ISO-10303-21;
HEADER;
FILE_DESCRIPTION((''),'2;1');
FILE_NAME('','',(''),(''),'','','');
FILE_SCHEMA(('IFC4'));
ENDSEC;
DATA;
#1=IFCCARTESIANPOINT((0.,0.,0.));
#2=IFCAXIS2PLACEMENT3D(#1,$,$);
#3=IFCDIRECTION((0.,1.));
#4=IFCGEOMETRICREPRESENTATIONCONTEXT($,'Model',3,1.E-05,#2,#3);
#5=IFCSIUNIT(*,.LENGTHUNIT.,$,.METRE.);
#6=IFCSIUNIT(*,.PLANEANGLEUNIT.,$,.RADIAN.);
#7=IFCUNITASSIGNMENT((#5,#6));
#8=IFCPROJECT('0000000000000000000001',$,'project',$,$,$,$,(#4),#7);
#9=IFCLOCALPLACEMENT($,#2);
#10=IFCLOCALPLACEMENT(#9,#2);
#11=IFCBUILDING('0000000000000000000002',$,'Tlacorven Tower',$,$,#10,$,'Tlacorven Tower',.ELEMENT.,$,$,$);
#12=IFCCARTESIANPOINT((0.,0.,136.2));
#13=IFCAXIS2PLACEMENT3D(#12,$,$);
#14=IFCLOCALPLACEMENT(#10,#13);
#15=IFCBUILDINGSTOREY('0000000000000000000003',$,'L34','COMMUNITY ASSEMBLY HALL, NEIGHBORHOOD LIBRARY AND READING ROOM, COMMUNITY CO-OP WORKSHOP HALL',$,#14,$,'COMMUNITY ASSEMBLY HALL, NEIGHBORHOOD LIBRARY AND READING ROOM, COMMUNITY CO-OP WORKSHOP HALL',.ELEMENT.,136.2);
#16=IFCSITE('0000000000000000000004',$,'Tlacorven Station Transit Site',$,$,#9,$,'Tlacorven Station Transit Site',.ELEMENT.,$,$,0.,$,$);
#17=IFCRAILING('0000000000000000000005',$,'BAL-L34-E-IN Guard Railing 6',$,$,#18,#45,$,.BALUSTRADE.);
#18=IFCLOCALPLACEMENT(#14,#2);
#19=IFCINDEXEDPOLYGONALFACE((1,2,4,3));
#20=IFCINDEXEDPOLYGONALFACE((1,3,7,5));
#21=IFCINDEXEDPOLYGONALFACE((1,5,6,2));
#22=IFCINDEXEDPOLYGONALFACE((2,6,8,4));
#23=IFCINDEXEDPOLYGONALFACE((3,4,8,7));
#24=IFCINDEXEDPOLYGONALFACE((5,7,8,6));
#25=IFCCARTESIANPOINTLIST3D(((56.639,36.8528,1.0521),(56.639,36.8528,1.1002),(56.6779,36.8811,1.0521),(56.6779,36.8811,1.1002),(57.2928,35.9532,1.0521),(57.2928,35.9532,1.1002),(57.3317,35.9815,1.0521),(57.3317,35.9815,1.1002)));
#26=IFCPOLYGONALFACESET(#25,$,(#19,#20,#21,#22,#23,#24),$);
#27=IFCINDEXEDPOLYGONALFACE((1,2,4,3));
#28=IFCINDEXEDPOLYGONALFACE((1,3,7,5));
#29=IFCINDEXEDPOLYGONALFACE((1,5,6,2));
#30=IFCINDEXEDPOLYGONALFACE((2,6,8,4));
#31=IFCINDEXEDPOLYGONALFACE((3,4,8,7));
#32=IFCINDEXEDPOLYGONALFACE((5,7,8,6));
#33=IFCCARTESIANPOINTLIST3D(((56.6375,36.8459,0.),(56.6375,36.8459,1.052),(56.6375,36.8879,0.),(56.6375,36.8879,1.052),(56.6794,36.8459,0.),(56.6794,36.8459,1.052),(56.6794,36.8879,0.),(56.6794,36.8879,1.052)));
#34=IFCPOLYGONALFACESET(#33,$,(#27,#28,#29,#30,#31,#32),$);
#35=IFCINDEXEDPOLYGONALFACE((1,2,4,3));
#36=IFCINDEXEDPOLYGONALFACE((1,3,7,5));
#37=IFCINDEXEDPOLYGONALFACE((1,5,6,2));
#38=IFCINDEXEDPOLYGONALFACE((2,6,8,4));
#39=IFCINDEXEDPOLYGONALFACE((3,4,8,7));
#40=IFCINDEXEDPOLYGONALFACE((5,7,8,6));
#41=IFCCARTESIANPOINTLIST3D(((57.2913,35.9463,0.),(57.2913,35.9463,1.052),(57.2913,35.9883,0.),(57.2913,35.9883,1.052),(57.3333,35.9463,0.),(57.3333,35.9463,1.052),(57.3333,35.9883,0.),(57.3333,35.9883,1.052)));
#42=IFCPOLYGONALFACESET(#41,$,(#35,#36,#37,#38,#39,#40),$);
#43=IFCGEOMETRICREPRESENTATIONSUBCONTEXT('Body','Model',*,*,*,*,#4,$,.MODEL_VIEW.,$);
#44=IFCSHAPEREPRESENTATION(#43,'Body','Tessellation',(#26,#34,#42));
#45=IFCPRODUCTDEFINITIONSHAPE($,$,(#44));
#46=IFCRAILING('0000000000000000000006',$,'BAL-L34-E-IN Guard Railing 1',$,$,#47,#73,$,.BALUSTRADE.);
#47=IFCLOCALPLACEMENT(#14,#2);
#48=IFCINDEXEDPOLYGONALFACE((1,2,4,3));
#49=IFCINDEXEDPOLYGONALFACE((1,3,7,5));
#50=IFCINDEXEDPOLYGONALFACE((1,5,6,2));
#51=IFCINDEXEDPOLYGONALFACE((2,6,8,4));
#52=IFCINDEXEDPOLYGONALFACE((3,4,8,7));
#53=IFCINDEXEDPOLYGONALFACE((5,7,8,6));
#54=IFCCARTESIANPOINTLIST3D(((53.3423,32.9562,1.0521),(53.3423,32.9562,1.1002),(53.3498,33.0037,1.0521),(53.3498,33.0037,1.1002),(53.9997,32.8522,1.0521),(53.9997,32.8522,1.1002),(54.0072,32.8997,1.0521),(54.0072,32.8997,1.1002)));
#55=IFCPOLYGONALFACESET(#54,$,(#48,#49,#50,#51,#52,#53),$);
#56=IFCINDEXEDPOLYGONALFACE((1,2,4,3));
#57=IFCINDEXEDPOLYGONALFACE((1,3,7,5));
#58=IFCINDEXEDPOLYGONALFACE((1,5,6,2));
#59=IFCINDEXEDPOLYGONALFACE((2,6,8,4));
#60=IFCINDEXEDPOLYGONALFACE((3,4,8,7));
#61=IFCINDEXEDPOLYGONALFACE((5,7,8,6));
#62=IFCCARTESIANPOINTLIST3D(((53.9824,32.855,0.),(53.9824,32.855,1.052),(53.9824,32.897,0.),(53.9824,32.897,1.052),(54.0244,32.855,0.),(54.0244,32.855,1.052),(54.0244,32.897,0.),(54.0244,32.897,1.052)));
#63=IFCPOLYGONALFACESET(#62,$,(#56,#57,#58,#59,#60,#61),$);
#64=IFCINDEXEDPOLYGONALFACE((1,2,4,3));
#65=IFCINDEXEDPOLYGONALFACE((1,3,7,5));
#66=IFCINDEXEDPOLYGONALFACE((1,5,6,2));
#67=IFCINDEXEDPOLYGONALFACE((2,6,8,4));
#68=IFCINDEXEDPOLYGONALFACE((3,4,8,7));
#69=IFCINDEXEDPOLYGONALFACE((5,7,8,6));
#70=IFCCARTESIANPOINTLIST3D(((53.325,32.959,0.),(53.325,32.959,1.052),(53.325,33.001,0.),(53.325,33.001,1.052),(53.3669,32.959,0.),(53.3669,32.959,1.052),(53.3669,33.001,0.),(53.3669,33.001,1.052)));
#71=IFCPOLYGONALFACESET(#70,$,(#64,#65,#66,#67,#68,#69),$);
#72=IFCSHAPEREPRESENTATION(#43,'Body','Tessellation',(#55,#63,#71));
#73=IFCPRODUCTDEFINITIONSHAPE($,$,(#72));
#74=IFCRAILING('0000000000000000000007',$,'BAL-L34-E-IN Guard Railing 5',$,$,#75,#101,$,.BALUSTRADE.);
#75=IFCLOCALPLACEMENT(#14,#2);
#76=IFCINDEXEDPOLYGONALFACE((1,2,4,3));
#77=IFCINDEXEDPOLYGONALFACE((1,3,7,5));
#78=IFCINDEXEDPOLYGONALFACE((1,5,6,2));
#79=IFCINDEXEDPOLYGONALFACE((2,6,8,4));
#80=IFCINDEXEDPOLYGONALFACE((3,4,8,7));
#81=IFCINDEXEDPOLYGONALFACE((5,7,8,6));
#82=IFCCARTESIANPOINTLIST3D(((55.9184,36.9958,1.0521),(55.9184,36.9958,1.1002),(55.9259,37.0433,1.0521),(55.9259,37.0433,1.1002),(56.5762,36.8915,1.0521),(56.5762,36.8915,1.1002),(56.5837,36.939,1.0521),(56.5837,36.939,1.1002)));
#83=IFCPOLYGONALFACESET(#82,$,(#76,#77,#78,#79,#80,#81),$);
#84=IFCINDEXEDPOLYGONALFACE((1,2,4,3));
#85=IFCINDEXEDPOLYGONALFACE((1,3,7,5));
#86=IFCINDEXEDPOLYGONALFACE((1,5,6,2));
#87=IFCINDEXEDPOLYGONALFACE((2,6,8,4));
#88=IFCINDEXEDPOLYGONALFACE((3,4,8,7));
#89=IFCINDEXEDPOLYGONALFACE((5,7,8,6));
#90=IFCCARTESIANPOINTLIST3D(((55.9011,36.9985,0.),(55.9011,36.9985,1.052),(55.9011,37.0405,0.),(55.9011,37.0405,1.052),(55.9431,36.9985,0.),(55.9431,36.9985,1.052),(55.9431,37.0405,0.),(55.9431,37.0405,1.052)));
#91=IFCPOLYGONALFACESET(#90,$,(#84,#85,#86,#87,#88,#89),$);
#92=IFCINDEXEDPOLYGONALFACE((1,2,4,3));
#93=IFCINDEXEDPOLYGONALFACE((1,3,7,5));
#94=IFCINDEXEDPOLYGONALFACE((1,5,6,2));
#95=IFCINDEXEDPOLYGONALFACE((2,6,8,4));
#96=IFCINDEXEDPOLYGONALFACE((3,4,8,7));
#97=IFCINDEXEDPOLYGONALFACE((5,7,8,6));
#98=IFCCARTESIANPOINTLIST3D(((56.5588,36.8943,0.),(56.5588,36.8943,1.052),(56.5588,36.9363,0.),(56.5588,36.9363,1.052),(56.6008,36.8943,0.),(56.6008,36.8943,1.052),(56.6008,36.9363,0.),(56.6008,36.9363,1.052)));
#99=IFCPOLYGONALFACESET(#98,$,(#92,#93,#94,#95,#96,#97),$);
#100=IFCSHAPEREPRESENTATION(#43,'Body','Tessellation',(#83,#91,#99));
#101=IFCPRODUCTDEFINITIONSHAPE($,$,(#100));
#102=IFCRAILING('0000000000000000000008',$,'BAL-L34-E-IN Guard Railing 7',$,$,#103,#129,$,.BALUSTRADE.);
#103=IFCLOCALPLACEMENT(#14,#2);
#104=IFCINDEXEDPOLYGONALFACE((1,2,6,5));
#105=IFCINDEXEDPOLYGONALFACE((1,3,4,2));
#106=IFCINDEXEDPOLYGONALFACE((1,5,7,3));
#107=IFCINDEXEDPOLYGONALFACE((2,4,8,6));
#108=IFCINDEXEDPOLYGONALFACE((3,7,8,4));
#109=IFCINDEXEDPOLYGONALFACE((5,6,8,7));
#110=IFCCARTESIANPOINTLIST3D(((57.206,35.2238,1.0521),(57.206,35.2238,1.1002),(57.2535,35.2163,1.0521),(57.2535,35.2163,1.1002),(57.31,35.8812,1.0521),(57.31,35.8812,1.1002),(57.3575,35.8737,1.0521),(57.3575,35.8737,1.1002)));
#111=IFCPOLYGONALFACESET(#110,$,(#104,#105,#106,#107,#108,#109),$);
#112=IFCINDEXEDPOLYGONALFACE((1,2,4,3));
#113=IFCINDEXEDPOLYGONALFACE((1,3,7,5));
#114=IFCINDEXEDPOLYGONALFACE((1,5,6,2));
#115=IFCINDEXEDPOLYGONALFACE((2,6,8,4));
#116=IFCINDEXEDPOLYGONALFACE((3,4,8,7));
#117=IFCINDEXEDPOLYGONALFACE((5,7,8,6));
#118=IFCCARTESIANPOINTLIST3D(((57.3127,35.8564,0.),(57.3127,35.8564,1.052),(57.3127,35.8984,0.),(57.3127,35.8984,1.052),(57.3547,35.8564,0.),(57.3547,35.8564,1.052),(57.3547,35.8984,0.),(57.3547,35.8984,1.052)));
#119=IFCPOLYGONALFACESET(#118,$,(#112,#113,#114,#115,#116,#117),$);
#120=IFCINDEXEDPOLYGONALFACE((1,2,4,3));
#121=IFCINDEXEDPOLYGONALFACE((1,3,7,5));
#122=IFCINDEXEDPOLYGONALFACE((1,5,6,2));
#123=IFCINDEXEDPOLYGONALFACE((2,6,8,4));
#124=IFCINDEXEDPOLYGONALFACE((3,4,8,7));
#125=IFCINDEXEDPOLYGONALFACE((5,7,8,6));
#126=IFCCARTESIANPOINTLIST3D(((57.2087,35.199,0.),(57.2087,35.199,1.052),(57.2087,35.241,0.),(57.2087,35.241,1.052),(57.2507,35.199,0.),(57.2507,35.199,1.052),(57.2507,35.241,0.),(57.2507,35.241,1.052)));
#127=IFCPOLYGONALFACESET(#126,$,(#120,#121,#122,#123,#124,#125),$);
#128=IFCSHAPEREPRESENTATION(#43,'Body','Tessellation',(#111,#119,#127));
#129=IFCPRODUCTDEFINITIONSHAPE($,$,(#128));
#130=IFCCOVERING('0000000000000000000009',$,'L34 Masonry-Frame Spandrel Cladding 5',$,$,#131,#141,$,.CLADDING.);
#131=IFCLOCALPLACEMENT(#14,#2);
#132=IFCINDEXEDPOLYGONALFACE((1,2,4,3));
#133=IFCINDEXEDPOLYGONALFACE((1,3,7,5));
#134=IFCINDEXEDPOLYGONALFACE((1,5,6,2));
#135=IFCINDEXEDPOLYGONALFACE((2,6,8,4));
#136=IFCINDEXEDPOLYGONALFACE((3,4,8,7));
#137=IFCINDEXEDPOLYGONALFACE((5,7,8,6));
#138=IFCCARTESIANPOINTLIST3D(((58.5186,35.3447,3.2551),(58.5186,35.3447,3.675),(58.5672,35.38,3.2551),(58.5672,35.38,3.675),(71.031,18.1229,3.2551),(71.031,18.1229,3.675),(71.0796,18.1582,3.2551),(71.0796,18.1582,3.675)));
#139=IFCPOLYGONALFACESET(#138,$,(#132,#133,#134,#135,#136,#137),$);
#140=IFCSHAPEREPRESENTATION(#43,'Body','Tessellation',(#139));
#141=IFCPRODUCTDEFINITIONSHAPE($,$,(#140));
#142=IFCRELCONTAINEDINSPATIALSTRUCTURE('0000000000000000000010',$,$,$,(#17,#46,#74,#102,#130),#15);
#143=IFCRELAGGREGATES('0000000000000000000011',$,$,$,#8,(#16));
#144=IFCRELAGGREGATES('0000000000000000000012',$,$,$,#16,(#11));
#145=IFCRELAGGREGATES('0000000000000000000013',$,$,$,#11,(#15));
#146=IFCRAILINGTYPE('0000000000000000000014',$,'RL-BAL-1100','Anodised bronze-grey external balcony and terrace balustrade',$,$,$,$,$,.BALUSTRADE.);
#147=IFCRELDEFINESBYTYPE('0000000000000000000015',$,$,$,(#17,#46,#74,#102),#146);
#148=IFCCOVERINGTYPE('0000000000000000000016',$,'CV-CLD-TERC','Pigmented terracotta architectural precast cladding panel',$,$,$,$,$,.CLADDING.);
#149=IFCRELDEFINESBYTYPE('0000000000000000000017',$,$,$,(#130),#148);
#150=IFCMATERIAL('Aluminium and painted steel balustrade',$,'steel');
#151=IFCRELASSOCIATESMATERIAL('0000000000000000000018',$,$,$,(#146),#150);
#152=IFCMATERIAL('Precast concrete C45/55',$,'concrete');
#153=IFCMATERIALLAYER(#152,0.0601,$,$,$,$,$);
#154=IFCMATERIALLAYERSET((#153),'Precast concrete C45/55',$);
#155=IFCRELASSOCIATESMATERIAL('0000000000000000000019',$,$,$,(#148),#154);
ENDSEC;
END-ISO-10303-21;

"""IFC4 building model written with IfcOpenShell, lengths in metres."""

from ifc_helpers import new_model, si_unit, direction, frame, origin, origin_2d, place, context, subcontext, project, spatial, rectangle, extrude, source, transform, mapped, material, layer, layer_set, type_object, element, save


model = new_model("IFC4")

# Units and contexts
model_context = context("Model", 3, precision=1e-05, world=origin(), true_north=direction((0.0, 1.0)))
body_context = subcontext(model_context, "Body", "Model", "MODEL_VIEW")
ifc_project = project(units=[si_unit("LENGTHUNIT", "METRE"), si_unit("PLANEANGLEUNIT", "RADIAN")], contexts=[model_context])

# Site, building, storey
site_placement = place(None, origin())
site = spatial("IfcSite", under=ifc_project, at=site_placement, Name="Tlacorven Station Transit Site", LongName="Tlacorven Station Transit Site", CompositionType="ELEMENT", RefElevation=0.0)
building_placement = place(site_placement, origin())
building = spatial("IfcBuilding", under=site, at=building_placement, Name="Tlacorven Tower", LongName="Tlacorven Tower", CompositionType="ELEMENT")
storey_placement = place(building_placement, frame((0.0, 0.0, 136.2)))
storey = spatial("IfcBuildingStorey", under=building, at=storey_placement, Name="L34", Description="COMMUNITY ASSEMBLY HALL, NEIGHBORHOOD LIBRARY AND READING ROOM, COMMUNITY CO-OP WORKSHOP HALL", LongName="COMMUNITY ASSEMBLY HALL, NEIGHBORHOOD LIBRARY AND READING ROOM, COMMUNITY CO-OP WORKSHOP HALL", CompositionType="ELEMENT", Elevation=136.2)

# Shared definitions
ifc_material_1 = material(Name="Precast concrete C45/55", Category="concrete")

# Railings
ifc_material_2 = material(Name="Aluminium and painted steel balustrade", Category="steel")
railing_type_1 = type_object("IfcRailingType", Name="RL-BAL-1100", Description="Anodised bronze-grey external balcony and terrace balustrade", PredefinedType="BALUSTRADE", material=ifc_material_2)
shared_shape_1 = source(origin(), body_context, "Body", "SweptSolid", [
    extrude(rectangle(XDim=0.0481, YDim=0.0481, at=origin_2d()), frame((0.0, 0.0, 1.0762), z_axis=(0.587884, -0.808945, 0.0), x_axis=(0.808945, 0.587884, 0.0)), (0.0, 0.0, 1.0), 1.1121),
    extrude(rectangle(XDim=0.042, YDim=0.042, at=origin_2d()), origin(), (0.0, 0.0, 1.0), 1.052),
    extrude(rectangle(XDim=0.042, YDim=0.042, at=origin_2d()), frame((0.6538, -0.8997, 0.0)), (0.0, 0.0, 1.0), 1.052),
])
railing_1_placement = place(storey_placement, frame((56.6584, 36.8669, 0.0)))
element("IfcRailing", 1, at=railing_1_placement, inside=storey, type_object=railing_type_1, Name="BAL-L34-E-IN Guard Railing 6", PredefinedType="BALUSTRADE", context=body_context, shape_type="MappedRepresentation", body=[
    mapped(shared_shape_1, transform((0.0, 0.0, 0.0), scale=1.0)),
])
shared_shape_2 = source(origin(), body_context, "Body", "SweptSolid", [
    extrude(rectangle(XDim=0.0481, YDim=0.0481, at=origin_2d()), frame((0.0, 0.0, 1.0762), z_axis=(-0.987718, 0.156245, 0.0), x_axis=(-0.156245, -0.987718, 0.0)), (0.0, 0.0, 1.0), 0.6655),
    extrude(rectangle(XDim=0.042, YDim=0.042, at=origin_2d()), origin(), (0.0, 0.0, 1.0), 1.052),
    extrude(rectangle(XDim=0.042, YDim=0.042, at=origin_2d()), frame((-0.6575, 0.104, 0.0)), (0.0, 0.0, 1.0), 1.052),
])
railing_2_placement = place(storey_placement, frame((54.0034, 32.876, 0.0)))
element("IfcRailing", 2, at=railing_2_placement, inside=storey, type_object=railing_type_1, Name="BAL-L34-E-IN Guard Railing 1", PredefinedType="BALUSTRADE", context=body_context, shape_type="MappedRepresentation", body=[
    mapped(shared_shape_2, transform((0.0, 0.0, 0.0), scale=1.0)),
])
shared_shape_3 = source(origin(), body_context, "Body", "SweptSolid", [
    extrude(rectangle(XDim=0.0481, YDim=0.0481, at=origin_2d()), frame((0.0, 0.0, 1.0762), z_axis=(0.987671, -0.156546, 0.0), x_axis=(0.156546, 0.987671, 0.0)), (0.0, 0.0, 1.0), 0.666),
    extrude(rectangle(XDim=0.042, YDim=0.042, at=origin_2d()), origin(), (0.0, 0.0, 1.0), 1.052),
    extrude(rectangle(XDim=0.042, YDim=0.042, at=origin_2d()), frame((0.6577, -0.1042, 0.0)), (0.0, 0.0, 1.0), 1.052),
])
railing_3_placement = place(storey_placement, frame((55.9221, 37.0195, 0.0)))
element("IfcRailing", 3, at=railing_3_placement, inside=storey, type_object=railing_type_1, Name="BAL-L34-E-IN Guard Railing 5", PredefinedType="BALUSTRADE", context=body_context, shape_type="MappedRepresentation", body=[
    mapped(shared_shape_3, transform((0.0, 0.0, 0.0), scale=1.0)),
])
shared_shape_4 = source(origin(), body_context, "Body", "SweptSolid", [
    extrude(rectangle(XDim=0.0481, YDim=0.0481, at=origin_2d()), frame((0.0, 0.0, 1.0762), z_axis=(-0.156245, -0.987718, 0.0), x_axis=(0.987718, -0.156245, 0.0)), (0.0, 0.0, 1.0), 0.6655),
    extrude(rectangle(XDim=0.042, YDim=0.042, at=origin_2d()), origin(), (0.0, 0.0, 1.0), 1.052),
    extrude(rectangle(XDim=0.042, YDim=0.042, at=origin_2d()), frame((-0.104, -0.6575, 0.0)), (0.0, 0.0, 1.0), 1.052),
])
railing_4_placement = place(storey_placement, frame((57.3337, 35.8774, 0.0)))
element("IfcRailing", 4, at=railing_4_placement, inside=storey, type_object=railing_type_1, Name="BAL-L34-E-IN Guard Railing 7", PredefinedType="BALUSTRADE", context=body_context, shape_type="MappedRepresentation", body=[
    mapped(shared_shape_4, transform((0.0, 0.0, 0.0), scale=1.0)),
])

# Covering
ifc_layer_1 = layer(ifc_material_1, 0.0601)
ifc_layer_set_1 = layer_set([ifc_layer_1], Name="Precast concrete C45/55")
covering_type = type_object("IfcCoveringType", Name="CV-CLD-TERC", Description="Pigmented terracotta architectural precast cladding panel", PredefinedType="CLADDING", material=ifc_layer_set_1)
shared_shape_5 = source(origin(), body_context, "Body", "SweptSolid", [
    extrude(rectangle(XDim=21.2874, YDim=0.0601, at=origin_2d()), origin(), (0.0, 0.0, 1.0), 0.4199),
])
covering_placement = place(storey_placement, frame((64.7991, 26.7515, 3.2551), z_axis=(0.0, 0.0, 1.0), x_axis=(0.587785, -0.809017, 0.0)))
element("IfcCovering", 5, at=covering_placement, inside=storey, type_object=covering_type, Name="L34 Masonry-Frame Spandrel Cladding 5", PredefinedType="CLADDING", context=body_context, shape_type="MappedRepresentation", body=[
    mapped(shared_shape_5, transform((0.0, 0.0, 0.0), scale=1.0)),
])

save(model, "model.ifc")
